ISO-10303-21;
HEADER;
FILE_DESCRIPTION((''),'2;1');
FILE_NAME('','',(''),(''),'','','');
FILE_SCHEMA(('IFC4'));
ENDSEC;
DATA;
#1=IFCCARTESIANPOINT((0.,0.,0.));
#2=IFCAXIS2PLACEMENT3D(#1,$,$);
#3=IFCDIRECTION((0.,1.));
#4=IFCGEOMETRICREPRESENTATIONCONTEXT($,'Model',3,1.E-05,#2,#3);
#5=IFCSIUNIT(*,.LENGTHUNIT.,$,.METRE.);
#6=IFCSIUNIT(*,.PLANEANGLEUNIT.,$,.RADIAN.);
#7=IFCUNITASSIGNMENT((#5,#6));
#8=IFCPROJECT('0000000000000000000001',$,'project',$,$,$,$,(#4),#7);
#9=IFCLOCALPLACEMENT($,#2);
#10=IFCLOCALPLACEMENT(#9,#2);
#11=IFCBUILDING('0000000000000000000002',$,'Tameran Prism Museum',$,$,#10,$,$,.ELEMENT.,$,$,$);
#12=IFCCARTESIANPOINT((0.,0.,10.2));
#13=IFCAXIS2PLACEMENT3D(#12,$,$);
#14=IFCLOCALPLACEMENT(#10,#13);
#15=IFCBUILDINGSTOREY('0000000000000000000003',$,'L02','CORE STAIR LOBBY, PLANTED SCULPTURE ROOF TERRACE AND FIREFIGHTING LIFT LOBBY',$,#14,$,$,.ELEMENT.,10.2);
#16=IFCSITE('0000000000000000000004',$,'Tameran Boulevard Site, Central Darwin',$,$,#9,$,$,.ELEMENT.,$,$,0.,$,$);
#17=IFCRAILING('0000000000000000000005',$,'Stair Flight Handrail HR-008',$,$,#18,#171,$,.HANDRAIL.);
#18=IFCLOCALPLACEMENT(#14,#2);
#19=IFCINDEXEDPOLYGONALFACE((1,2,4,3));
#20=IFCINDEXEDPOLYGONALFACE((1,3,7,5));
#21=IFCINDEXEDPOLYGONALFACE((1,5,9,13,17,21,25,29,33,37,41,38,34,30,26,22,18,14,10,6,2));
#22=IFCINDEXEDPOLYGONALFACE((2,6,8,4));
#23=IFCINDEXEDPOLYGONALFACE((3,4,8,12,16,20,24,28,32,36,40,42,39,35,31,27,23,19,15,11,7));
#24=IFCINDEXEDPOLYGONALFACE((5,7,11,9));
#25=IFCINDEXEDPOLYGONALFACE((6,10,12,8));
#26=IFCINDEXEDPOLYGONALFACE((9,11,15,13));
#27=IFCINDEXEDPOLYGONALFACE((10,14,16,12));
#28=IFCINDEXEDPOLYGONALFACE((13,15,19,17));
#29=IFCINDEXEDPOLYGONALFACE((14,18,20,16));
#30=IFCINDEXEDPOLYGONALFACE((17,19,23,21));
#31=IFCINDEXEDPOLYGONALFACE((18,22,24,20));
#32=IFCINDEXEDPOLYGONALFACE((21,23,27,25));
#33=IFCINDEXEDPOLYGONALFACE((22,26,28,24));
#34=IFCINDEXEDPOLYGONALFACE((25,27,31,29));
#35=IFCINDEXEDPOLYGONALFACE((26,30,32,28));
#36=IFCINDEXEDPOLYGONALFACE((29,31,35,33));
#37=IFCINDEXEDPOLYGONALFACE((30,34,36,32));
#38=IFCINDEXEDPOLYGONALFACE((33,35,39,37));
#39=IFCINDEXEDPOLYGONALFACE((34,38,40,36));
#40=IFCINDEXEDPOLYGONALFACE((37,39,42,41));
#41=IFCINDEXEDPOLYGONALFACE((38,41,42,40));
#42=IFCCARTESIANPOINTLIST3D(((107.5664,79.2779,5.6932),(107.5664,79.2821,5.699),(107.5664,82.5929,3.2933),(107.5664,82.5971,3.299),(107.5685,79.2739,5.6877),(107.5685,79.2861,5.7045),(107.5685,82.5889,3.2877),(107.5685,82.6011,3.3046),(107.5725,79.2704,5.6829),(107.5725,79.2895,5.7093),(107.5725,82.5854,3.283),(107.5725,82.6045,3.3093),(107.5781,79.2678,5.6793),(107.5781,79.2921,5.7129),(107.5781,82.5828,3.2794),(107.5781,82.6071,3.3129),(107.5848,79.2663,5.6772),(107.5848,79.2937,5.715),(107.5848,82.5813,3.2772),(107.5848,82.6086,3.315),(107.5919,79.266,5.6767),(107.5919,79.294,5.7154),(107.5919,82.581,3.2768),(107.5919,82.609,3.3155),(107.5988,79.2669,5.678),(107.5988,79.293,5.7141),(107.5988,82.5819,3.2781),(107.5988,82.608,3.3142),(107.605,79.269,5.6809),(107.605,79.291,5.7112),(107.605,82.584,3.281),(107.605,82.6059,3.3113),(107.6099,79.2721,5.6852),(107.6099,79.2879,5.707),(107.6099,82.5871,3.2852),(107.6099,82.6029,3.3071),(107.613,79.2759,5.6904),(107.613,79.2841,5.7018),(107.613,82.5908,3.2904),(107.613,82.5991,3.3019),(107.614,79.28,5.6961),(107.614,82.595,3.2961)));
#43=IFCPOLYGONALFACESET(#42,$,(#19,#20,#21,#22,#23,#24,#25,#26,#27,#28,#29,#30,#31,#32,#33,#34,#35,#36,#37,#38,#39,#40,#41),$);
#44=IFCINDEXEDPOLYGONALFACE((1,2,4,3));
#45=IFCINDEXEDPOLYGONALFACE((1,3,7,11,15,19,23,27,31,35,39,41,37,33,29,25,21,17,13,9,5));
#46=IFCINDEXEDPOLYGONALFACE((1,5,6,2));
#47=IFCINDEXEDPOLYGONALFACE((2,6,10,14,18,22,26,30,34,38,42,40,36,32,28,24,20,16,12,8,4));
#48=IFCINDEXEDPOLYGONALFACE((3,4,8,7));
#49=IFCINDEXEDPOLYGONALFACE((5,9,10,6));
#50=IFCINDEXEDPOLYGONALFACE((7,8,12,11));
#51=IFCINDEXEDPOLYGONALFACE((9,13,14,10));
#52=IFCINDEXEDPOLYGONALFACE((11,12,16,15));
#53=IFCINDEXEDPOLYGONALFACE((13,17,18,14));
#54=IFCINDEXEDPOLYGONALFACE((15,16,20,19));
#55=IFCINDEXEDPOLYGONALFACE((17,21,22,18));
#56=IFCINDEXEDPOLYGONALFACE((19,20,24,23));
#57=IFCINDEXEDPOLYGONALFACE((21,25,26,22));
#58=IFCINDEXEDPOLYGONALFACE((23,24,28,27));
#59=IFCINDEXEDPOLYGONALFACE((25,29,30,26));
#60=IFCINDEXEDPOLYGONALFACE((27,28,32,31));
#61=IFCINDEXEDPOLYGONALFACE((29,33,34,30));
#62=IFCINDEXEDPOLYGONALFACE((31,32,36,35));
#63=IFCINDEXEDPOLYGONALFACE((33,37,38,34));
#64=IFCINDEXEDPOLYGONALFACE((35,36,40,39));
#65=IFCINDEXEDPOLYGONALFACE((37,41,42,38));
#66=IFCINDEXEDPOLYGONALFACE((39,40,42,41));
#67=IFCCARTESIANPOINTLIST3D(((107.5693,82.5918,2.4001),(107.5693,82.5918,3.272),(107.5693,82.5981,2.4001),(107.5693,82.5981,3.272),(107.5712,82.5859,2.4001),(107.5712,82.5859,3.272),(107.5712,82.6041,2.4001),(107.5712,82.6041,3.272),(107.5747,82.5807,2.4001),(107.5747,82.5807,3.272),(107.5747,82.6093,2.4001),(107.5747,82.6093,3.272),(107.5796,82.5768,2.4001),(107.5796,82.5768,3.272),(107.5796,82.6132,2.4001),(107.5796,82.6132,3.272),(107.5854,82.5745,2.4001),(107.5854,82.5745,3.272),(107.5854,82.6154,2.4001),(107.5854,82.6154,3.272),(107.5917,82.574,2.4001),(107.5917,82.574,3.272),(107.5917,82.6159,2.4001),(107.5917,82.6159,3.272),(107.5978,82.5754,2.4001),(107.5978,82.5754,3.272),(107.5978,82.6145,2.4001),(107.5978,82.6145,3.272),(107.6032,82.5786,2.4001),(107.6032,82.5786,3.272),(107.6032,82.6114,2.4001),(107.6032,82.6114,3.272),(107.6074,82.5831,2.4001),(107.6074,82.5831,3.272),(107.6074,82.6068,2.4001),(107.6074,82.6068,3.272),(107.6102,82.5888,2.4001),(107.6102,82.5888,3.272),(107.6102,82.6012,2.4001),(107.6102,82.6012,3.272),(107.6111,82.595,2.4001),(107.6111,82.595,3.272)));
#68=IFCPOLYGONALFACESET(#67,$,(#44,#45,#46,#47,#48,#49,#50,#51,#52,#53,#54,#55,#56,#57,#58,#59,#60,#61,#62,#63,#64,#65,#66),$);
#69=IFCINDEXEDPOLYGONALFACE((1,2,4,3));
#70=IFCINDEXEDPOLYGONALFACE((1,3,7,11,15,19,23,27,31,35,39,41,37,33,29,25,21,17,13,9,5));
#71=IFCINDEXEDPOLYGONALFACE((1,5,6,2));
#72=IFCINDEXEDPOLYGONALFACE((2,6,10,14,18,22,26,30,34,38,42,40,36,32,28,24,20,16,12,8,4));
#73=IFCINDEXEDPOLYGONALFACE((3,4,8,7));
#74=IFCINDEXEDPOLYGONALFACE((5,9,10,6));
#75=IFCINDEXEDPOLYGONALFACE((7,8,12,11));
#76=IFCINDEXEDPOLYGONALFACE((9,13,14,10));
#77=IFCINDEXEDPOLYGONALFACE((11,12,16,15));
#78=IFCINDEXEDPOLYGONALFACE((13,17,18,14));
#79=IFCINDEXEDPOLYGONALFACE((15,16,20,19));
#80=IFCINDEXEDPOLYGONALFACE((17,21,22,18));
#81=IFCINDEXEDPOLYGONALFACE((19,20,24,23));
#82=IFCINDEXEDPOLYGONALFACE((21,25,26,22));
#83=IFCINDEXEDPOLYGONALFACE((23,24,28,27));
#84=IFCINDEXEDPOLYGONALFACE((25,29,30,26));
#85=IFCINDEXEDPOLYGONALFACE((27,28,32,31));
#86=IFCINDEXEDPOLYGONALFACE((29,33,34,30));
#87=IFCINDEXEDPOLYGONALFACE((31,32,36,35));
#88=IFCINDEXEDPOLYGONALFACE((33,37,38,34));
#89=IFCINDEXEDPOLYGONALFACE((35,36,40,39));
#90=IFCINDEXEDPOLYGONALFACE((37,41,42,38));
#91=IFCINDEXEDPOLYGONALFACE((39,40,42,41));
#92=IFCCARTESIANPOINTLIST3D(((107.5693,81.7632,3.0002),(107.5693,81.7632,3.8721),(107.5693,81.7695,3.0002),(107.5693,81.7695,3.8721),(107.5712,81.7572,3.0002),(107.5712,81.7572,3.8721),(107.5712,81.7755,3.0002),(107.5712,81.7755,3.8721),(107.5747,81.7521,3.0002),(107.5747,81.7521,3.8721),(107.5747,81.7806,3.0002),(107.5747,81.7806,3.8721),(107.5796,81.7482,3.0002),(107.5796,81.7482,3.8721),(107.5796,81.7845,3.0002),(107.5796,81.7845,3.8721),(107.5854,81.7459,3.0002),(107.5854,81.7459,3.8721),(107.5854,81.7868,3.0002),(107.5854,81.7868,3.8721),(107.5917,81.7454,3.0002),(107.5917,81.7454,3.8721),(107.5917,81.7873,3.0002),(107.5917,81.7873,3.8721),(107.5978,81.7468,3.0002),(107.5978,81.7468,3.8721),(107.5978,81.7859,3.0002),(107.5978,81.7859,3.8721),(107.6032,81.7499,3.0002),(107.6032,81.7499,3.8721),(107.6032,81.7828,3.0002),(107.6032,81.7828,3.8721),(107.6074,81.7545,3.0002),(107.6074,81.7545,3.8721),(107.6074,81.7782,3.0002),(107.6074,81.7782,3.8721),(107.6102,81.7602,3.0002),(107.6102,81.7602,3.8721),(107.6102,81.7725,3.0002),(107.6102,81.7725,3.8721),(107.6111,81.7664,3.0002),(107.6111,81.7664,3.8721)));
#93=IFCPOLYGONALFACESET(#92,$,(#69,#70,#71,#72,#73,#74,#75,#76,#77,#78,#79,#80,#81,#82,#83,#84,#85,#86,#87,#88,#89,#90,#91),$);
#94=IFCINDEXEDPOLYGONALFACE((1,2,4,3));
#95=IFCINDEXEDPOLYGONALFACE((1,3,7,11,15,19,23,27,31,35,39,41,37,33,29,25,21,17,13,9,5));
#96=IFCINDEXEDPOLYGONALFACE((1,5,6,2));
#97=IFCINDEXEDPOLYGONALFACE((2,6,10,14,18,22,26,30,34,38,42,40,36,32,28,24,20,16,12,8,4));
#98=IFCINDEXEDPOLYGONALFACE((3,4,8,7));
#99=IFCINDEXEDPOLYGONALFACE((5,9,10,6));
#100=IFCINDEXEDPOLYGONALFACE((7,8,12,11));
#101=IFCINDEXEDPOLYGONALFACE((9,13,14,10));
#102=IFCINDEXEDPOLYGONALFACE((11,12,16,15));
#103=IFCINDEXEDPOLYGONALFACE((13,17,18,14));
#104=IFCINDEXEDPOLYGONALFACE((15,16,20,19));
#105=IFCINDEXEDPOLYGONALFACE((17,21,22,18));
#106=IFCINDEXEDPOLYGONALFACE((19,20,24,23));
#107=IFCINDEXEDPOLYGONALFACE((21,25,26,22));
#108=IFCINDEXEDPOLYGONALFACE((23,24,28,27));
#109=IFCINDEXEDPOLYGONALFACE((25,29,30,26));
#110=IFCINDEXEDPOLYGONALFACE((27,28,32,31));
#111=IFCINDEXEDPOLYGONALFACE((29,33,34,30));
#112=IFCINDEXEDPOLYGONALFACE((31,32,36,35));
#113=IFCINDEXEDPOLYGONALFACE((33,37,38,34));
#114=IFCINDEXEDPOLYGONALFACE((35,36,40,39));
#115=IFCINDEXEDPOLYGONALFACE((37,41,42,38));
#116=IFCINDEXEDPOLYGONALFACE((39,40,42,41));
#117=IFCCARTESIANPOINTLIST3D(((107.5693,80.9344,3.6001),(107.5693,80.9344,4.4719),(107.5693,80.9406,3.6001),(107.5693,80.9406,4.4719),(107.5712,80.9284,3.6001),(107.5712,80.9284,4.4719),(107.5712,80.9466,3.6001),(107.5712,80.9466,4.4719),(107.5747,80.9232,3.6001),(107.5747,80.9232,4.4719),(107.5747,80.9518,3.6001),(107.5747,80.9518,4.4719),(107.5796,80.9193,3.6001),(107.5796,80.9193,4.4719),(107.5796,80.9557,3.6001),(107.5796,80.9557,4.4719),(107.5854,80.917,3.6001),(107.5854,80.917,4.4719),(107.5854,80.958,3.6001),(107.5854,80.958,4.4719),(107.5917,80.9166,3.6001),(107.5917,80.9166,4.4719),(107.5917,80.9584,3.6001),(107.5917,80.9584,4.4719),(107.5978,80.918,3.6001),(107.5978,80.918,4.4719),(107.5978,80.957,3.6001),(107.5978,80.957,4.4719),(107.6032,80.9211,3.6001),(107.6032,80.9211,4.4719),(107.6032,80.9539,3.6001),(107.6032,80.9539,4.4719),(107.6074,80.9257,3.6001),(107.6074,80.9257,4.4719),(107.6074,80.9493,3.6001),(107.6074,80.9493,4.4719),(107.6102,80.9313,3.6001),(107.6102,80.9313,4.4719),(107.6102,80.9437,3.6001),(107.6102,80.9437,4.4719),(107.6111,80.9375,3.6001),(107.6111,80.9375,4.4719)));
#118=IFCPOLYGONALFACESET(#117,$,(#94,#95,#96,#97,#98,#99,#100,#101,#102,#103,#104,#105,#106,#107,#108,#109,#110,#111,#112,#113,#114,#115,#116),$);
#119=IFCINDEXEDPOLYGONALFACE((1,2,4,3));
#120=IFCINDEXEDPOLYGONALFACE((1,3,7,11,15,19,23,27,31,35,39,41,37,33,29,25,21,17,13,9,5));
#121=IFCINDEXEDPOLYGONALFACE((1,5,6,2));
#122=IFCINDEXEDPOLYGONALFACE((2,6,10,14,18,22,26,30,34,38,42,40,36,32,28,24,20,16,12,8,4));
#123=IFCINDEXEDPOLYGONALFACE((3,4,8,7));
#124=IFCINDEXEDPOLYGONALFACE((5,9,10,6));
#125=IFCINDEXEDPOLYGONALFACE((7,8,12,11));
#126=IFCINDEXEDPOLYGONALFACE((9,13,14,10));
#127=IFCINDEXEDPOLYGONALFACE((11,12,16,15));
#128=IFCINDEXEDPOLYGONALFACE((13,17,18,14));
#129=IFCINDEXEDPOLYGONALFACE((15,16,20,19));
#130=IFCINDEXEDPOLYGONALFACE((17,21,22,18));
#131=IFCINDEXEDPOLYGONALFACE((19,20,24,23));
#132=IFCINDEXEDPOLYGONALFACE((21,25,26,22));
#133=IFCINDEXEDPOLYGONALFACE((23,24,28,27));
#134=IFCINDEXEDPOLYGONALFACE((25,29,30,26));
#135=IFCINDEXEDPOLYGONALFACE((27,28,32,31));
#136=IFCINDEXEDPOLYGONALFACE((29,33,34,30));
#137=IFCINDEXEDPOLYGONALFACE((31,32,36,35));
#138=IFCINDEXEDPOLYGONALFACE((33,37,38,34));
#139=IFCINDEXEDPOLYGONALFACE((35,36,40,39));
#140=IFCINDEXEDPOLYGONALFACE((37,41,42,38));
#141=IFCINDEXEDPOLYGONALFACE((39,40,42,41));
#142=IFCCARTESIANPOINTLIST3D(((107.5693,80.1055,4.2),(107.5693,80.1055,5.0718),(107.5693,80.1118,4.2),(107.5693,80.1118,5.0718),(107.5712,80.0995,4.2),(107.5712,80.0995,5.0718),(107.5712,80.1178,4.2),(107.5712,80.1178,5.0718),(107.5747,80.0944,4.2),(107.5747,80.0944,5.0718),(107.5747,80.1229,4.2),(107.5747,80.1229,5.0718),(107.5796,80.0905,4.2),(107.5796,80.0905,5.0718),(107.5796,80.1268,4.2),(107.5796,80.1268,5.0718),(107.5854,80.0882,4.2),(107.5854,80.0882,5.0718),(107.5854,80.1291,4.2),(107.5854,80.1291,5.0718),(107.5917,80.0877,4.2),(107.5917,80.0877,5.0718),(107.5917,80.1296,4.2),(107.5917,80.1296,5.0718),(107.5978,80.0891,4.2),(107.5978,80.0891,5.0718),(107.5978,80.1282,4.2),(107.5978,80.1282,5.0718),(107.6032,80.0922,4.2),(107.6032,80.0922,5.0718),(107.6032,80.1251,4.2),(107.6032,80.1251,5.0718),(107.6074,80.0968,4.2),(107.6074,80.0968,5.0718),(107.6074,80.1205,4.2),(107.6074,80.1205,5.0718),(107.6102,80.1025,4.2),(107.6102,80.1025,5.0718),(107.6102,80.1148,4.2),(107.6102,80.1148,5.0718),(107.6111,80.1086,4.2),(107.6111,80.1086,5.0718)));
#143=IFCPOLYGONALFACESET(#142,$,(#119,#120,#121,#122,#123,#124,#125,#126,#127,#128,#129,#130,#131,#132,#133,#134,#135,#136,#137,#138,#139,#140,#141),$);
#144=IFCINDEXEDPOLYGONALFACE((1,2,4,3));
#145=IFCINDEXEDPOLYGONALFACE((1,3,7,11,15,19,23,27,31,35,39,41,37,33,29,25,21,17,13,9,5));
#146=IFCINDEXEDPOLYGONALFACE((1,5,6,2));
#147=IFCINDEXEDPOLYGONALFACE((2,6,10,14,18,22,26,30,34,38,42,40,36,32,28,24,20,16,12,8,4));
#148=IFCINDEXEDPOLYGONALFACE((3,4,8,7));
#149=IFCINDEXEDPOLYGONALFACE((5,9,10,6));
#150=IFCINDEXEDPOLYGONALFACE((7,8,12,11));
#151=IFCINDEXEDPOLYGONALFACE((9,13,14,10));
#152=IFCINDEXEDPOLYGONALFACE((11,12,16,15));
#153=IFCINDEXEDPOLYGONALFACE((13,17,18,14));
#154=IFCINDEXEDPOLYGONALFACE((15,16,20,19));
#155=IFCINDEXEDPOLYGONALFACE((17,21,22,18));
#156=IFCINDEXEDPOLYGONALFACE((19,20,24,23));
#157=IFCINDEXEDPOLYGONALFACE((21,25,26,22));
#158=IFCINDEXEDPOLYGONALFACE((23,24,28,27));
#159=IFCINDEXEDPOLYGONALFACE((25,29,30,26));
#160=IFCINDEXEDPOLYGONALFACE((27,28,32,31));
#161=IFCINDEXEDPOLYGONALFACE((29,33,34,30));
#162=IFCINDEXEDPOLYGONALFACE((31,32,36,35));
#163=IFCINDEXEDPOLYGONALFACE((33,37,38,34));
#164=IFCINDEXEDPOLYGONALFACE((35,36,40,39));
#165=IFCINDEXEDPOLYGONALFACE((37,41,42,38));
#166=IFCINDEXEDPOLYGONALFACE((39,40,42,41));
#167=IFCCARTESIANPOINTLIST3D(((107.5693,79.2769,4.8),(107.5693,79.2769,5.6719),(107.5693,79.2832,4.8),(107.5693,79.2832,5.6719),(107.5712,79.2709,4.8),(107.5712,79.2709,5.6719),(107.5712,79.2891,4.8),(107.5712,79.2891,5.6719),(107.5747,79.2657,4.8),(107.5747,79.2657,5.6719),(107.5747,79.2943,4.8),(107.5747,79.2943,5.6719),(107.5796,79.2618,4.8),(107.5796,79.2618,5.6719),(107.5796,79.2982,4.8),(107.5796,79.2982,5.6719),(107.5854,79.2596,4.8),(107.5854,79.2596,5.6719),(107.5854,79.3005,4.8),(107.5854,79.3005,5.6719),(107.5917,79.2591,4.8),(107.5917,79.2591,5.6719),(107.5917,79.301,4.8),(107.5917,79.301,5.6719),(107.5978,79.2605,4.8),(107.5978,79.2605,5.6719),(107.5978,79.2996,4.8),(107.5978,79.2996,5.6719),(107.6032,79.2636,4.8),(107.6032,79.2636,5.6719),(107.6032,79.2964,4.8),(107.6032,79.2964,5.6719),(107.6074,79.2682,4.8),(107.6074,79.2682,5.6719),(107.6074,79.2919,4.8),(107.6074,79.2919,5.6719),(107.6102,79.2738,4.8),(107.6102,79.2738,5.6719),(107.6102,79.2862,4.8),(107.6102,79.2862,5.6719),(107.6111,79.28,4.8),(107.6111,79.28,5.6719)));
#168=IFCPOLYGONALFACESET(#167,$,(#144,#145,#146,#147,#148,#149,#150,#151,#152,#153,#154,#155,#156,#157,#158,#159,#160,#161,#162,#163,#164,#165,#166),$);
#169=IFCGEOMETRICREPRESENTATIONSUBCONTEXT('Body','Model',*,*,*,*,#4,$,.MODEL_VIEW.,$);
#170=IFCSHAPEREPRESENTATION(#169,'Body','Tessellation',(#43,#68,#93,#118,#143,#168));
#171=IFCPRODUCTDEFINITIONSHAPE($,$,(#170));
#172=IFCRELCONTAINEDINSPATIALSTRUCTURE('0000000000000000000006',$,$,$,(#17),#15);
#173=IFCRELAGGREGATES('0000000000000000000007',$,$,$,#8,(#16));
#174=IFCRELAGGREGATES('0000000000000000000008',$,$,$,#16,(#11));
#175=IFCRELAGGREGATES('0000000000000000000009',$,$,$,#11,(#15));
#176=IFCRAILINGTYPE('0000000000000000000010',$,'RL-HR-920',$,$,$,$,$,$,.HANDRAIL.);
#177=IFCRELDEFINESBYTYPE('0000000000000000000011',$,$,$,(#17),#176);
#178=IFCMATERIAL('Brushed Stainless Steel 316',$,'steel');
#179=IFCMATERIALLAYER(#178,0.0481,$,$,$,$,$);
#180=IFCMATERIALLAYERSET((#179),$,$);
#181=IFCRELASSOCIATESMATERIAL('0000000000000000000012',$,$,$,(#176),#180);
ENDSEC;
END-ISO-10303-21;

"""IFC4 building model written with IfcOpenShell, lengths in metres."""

from ifc_helpers import new_model, si_unit, direction, frame, origin, origin_2d, place, context, subcontext, project, spatial, circle, extrude, material, layer, layer_set, type_object, element, save


model = new_model("IFC4")

# Units and contexts
model_context = context("Model", 3, precision=1e-05, world=origin(), true_north=direction((0.0, 1.0)))
body_context = subcontext(model_context, "Body", "Model", "MODEL_VIEW")
ifc_project = project(units=[si_unit("LENGTHUNIT", "METRE"), si_unit("PLANEANGLEUNIT", "RADIAN")], contexts=[model_context])

# Site, building, storey
site_placement = place(None, origin())
site = spatial("IfcSite", under=ifc_project, at=site_placement, Name="Tameran Boulevard Site, Central Darwin", CompositionType="ELEMENT", RefElevation=0.0)
building_placement = place(site_placement, origin())
building = spatial("IfcBuilding", under=site, at=building_placement, Name="Tameran Prism Museum", CompositionType="ELEMENT")
storey_placement = place(building_placement, frame((0.0, 0.0, 10.2)))
storey = spatial("IfcBuildingStorey", under=building, at=storey_placement, Name="L02", Description="CORE STAIR LOBBY, PLANTED SCULPTURE ROOF TERRACE AND FIREFIGHTING LIFT LOBBY", CompositionType="ELEMENT", Elevation=10.2)

# Railing
ifc_material_1 = material(Name="Brushed Stainless Steel 316", Category="steel")
ifc_layer_1 = layer(ifc_material_1, 0.0481)
ifc_layer_set_1 = layer_set([ifc_layer_1])
railing_type_1 = type_object("IfcRailingType", Name="RL-HR-920", PredefinedType="HANDRAIL", material=ifc_layer_set_1)
railing_1_placement = place(storey_placement, frame((107.5901, 82.595, 2.4001)))
element("IfcRailing", 1, at=railing_1_placement, inside=storey, type_object=railing_type_1, Name="Stair Flight Handrail HR-008", PredefinedType="HANDRAIL", context=body_context, shape_type="SweptSolid", body=[
    extrude(circle(Radius=0.0239, at=origin_2d()), frame((0.0, 0.0, 0.896), z_axis=(0.0, -0.810009, 0.586418), x_axis=(1.0, 0.0, 0.0)), (0.0, 0.0, 1.0), 4.0925),
    extrude(circle(Radius=0.021, at=origin_2d()), origin(), (0.0, 0.0, 1.0), 0.8718),
    extrude(circle(Radius=0.021, at=origin_2d()), frame((0.0, -0.8286, 0.6001)), (0.0, 0.0, 1.0), 0.8718),
    extrude(circle(Radius=0.021, at=origin_2d()), frame((0.0, -1.6575, 1.2)), (0.0, 0.0, 1.0), 0.8718),
    extrude(circle(Radius=0.021, at=origin_2d()), frame((0.0, -2.4863, 1.7998)), (0.0, 0.0, 1.0), 0.8718),
    extrude(circle(Radius=0.021, at=origin_2d()), frame((0.0, -3.3149, 2.3999)), (0.0, 0.0, 1.0), 0.8718),
])

save(model, "model.ifc")
